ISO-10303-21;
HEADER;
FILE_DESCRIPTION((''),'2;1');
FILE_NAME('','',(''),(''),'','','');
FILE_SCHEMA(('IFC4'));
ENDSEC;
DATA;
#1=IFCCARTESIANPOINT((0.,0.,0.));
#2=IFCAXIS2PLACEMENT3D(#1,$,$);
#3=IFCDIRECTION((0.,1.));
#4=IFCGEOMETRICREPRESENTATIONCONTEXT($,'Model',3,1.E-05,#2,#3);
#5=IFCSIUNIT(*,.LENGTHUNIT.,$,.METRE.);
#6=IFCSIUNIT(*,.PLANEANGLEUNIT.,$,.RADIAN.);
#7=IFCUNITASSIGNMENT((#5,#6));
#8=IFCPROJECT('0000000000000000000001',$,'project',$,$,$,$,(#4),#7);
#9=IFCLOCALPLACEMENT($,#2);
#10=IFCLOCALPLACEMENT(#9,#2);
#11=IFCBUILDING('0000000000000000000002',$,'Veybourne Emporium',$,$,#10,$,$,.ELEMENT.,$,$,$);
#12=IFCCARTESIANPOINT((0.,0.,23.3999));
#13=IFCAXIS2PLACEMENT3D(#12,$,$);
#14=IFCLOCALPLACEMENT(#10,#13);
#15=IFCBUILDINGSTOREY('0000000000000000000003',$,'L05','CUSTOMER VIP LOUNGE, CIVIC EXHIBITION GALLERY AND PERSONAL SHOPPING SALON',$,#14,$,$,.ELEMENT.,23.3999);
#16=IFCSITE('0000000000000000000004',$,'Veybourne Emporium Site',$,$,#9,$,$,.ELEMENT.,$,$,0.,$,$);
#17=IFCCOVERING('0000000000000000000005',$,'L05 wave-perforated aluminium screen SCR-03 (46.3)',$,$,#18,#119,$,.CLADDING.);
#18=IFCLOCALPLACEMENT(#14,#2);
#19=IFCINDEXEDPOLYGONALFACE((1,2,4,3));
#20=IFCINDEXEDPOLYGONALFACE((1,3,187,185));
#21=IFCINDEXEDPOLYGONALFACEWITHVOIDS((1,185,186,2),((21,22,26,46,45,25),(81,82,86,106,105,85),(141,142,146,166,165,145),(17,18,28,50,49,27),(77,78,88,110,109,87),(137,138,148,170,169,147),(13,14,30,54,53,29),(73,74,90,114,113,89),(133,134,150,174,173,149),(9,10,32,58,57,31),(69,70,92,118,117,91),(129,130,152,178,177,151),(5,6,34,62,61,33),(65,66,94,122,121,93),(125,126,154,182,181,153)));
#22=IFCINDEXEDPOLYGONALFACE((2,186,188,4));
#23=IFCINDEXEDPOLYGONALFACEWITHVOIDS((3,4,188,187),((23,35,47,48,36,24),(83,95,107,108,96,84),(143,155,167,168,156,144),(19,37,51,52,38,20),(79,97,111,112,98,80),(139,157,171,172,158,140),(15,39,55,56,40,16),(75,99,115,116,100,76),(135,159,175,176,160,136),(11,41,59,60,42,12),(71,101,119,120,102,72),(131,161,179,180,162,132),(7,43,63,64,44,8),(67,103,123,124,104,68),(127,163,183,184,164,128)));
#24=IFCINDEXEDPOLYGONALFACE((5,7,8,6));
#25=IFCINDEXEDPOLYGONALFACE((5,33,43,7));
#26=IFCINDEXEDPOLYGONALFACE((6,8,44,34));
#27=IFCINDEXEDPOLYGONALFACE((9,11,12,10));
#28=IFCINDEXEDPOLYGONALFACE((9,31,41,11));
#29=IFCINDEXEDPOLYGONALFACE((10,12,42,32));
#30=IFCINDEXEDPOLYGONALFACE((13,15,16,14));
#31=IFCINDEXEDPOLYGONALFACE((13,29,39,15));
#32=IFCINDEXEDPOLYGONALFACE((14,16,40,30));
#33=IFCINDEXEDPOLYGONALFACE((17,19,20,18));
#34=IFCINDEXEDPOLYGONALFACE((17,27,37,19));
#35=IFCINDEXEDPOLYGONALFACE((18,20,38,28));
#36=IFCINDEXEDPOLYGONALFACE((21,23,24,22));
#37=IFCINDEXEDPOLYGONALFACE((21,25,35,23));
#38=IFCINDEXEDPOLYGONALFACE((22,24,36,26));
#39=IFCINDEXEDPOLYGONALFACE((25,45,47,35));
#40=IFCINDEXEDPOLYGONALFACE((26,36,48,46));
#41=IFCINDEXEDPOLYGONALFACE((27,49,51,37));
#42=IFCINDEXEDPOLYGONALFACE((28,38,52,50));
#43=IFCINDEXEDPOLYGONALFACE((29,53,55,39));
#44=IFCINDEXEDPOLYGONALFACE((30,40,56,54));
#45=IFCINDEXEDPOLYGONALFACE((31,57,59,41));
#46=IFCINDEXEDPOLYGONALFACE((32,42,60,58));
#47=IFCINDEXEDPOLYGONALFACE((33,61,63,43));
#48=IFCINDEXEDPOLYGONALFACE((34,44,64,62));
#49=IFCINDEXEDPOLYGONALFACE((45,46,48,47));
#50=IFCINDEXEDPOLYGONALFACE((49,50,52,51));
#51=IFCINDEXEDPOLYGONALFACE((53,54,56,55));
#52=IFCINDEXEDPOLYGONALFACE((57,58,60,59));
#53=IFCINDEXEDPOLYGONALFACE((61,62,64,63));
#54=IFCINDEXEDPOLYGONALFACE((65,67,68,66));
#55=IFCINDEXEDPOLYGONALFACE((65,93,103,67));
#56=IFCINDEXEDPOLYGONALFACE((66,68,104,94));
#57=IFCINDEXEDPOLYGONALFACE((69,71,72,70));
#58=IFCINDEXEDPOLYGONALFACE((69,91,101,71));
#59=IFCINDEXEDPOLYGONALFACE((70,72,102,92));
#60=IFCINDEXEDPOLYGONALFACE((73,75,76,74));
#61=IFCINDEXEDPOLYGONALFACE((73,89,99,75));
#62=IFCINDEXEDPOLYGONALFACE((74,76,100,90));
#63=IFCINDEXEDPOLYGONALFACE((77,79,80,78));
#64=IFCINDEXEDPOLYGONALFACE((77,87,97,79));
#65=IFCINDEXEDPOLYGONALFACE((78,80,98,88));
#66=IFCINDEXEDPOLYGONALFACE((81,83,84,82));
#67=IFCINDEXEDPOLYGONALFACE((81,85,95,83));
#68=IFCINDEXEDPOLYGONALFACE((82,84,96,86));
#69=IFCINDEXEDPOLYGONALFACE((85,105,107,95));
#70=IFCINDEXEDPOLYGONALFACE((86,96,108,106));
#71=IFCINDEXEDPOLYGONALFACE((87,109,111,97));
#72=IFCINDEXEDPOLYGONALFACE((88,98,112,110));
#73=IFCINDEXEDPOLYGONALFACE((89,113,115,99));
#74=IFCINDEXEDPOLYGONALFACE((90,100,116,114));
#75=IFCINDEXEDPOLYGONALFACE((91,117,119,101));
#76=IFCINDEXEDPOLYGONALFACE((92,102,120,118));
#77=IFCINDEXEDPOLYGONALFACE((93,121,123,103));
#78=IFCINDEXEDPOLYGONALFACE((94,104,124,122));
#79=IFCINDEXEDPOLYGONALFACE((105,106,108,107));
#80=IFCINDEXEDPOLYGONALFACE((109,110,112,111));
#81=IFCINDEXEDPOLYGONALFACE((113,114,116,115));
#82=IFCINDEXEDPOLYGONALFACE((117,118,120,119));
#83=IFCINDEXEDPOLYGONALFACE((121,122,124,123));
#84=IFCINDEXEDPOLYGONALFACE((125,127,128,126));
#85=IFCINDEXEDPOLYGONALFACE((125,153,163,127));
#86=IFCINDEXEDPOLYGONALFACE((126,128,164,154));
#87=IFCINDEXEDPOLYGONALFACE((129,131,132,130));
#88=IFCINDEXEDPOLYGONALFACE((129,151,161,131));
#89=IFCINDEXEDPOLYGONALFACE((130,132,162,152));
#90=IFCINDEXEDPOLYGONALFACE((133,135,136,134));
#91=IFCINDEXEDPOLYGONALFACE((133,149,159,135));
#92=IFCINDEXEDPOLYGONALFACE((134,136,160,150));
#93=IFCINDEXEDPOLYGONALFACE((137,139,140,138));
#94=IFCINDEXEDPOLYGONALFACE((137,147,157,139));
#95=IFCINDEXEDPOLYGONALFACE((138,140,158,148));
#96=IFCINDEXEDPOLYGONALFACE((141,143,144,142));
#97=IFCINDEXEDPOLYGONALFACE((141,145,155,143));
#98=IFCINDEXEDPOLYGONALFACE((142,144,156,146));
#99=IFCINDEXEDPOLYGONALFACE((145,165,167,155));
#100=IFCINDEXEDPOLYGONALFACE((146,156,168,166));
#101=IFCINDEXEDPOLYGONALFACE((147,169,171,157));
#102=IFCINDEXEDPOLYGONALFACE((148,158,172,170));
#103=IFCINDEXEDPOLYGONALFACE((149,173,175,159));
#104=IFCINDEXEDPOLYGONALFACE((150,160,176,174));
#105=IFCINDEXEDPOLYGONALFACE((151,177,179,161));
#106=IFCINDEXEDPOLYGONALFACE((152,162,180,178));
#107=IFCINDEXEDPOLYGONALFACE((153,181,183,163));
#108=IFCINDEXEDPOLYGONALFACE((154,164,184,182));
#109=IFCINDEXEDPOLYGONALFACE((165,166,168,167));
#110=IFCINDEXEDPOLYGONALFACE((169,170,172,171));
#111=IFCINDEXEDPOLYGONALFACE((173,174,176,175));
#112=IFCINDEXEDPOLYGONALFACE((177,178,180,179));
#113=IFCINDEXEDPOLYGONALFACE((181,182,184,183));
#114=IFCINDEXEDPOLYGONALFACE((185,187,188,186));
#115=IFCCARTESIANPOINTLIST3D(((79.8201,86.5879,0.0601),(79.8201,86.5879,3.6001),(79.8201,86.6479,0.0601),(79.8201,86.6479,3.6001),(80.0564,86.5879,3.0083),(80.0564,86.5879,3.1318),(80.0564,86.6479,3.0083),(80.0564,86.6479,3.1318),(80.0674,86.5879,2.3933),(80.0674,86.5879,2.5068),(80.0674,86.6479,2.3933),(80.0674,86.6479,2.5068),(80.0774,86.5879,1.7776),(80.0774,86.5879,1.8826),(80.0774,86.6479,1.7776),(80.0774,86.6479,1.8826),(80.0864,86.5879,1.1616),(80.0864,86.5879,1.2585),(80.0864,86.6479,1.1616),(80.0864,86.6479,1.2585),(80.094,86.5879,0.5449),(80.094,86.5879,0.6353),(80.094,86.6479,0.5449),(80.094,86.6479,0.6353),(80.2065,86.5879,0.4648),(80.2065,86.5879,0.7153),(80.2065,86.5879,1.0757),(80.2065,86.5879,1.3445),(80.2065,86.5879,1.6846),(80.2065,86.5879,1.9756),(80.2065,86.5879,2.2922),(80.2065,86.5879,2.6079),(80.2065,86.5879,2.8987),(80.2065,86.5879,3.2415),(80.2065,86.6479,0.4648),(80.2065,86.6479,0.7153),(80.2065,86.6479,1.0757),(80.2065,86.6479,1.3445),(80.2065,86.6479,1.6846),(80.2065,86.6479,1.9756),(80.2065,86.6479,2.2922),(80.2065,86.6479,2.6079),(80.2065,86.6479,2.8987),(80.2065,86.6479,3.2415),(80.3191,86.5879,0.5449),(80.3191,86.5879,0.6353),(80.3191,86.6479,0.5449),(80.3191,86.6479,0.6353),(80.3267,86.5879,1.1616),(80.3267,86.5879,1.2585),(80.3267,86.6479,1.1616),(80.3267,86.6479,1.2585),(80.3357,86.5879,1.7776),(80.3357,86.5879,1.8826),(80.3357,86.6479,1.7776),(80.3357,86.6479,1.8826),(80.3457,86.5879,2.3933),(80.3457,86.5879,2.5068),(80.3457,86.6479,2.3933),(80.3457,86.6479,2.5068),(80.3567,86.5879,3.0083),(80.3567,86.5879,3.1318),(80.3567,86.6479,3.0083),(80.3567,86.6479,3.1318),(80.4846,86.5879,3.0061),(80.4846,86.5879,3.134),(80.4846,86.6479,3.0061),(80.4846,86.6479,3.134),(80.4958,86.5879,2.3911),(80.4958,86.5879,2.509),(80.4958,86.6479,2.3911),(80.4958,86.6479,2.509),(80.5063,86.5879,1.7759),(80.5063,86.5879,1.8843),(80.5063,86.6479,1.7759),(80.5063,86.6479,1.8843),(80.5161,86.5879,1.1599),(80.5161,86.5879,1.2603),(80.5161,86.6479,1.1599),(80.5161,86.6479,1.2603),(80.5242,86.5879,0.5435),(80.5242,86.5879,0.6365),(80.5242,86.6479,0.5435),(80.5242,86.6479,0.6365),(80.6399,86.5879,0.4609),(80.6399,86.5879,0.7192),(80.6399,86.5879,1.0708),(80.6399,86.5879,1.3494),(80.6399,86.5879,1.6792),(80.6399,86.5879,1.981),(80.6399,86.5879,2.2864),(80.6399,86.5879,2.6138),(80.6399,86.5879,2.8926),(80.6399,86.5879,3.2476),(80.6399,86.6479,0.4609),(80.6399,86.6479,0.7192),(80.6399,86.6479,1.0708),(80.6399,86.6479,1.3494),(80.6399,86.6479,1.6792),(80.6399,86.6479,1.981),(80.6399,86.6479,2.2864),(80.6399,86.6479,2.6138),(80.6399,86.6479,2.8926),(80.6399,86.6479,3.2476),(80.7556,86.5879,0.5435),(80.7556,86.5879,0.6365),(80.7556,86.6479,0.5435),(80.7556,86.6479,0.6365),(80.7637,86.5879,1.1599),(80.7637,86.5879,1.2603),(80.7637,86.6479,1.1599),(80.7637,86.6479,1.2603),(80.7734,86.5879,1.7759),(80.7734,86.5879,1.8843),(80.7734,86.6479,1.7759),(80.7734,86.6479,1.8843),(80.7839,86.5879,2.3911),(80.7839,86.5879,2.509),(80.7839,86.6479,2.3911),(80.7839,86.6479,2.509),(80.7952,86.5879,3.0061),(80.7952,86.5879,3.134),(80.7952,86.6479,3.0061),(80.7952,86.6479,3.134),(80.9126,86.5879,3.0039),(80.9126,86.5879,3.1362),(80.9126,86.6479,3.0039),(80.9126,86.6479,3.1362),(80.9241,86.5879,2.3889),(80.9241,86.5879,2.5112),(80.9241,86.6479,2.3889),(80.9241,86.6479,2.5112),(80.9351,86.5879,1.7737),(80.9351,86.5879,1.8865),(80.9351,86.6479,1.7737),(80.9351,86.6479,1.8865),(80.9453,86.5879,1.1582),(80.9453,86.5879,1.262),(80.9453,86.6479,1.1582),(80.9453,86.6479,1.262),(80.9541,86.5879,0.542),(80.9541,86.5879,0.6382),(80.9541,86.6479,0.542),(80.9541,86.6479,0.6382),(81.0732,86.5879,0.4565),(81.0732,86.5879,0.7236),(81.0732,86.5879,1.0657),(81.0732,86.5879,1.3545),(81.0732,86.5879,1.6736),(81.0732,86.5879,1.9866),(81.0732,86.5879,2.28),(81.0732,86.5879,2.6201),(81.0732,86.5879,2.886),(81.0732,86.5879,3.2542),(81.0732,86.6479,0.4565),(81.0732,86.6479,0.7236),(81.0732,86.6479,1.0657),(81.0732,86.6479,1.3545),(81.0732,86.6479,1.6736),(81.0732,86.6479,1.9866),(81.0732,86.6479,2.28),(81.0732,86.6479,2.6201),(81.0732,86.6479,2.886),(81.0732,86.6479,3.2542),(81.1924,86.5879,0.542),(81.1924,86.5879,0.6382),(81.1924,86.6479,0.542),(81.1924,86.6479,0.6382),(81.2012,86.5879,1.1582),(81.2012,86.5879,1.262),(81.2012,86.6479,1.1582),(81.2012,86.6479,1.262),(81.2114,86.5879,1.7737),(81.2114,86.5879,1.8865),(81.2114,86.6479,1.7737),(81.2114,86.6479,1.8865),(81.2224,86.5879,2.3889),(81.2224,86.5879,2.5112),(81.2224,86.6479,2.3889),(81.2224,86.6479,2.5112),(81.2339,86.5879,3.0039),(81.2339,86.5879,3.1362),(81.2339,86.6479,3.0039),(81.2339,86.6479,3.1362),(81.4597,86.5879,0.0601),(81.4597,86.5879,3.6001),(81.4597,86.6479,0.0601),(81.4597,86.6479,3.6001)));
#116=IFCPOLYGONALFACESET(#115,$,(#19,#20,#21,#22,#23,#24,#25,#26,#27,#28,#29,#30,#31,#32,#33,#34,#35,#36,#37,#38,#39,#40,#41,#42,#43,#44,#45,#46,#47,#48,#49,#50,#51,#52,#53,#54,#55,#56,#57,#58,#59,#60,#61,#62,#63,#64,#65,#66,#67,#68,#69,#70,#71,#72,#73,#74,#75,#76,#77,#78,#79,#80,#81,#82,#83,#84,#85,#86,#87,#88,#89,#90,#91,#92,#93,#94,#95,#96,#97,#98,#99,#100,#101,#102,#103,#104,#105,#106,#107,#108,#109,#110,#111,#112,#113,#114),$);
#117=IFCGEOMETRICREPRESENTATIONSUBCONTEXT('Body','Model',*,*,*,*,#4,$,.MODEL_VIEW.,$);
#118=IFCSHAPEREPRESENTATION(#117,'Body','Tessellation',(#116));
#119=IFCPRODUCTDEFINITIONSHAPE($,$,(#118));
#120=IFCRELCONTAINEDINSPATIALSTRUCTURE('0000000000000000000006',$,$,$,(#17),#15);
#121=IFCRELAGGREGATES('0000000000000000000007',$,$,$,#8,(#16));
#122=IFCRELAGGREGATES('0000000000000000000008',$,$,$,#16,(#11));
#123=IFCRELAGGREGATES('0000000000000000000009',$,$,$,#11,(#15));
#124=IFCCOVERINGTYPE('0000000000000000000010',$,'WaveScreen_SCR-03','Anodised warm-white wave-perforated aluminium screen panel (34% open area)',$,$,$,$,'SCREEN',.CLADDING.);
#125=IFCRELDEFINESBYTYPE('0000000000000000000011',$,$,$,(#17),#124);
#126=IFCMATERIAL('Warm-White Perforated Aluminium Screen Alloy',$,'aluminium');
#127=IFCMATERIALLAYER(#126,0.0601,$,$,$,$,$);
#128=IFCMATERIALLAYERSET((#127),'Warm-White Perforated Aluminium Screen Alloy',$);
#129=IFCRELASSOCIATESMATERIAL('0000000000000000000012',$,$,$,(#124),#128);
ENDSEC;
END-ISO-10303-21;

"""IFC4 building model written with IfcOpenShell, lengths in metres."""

from ifc_helpers import new_model, si_unit, direction, frame, origin, place, context, subcontext, project, spatial, polyline, outline, extrude, material, layer, layer_set, type_object, element, save


model = new_model("IFC4")

# Units and contexts
model_context = context("Model", 3, precision=1e-05, world=origin(), true_north=direction((0.0, 1.0)))
body_context = subcontext(model_context, "Body", "Model", "MODEL_VIEW")
ifc_project = project(units=[si_unit("LENGTHUNIT", "METRE"), si_unit("PLANEANGLEUNIT", "RADIAN")], contexts=[model_context])

# Site, building, storey
site_placement = place(None, origin())
site = spatial("IfcSite", under=ifc_project, at=site_placement, Name="Veybourne Emporium Site", CompositionType="ELEMENT", RefElevation=0.0)
building_placement = place(site_placement, origin())
building = spatial("IfcBuilding", under=site, at=building_placement, Name="Veybourne Emporium", CompositionType="ELEMENT")
storey_placement = place(building_placement, frame((0.0, 0.0, 23.3999)))
storey = spatial("IfcBuildingStorey", under=building, at=storey_placement, Name="L05", Description="CUSTOMER VIP LOUNGE, CIVIC EXHIBITION GALLERY AND PERSONAL SHOPPING SALON", CompositionType="ELEMENT", Elevation=23.3999)

# Covering
ifc_material_1 = material(Name="Warm-White Perforated Aluminium Screen Alloy", Category="aluminium")
ifc_layer_1 = layer(ifc_material_1, 0.0601)
ifc_layer_set_1 = layer_set([ifc_layer_1], Name="Warm-White Perforated Aluminium Screen Alloy")
covering_type_1 = type_object("IfcCoveringType", Name="WaveScreen_SCR-03", Description="Anodised warm-white wave-perforated aluminium screen panel (34% open area)", ElementType="SCREEN", PredefinedType="CLADDING", material=ifc_layer_set_1)
covering_1_placement = place(storey_placement, frame((80.6399, 86.6479, 1.8301), z_axis=(0.0, -1.0, 0.0), x_axis=(1.0, 0.0, 0.0)))
element("IfcCovering", 1, at=covering_1_placement, inside=storey, type_object=covering_type_1, Name="L05 wave-perforated aluminium screen SCR-03 (46.3)", PredefinedType="CLADDING", context=body_context, shape_type="SweptSolid", body=[
    extrude(outline(polyline([(-0.8198, -1.77), (0.8198, -1.77), (0.8198, 1.77), (-0.8198, 1.77), (-0.8198, -1.77)]), holes=[polyline([(-0.4333, -1.1147), (-0.3208, -1.1948), (-0.3208, -1.2852), (-0.4333, -1.3652), (-0.5459, -1.2852), (-0.5459, -1.1948), (-0.4333, -1.1147)]), polyline([(-0.4333, -0.4856), (-0.3132, -0.5715), (-0.3132, -0.6685), (-0.4333, -0.7544), (-0.5535, -0.6685), (-0.5535, -0.5715), (-0.4333, -0.4856)]), polyline([(-0.4333, 0.1455), (-0.3042, 0.0525), (-0.3042, -0.0525), (-0.4333, -0.1455), (-0.5625, -0.0525), (-0.5625, 0.0525), (-0.4333, 0.1455)]), polyline([(-0.4333, 0.7778), (-0.2942, 0.6768), (-0.2942, 0.5632), (-0.4333, 0.4622), (-0.5725, 0.5632), (-0.5725, 0.6768), (-0.4333, 0.7778)]), polyline([(-0.4333, 1.4114), (-0.2832, 1.3018), (-0.2832, 1.1782), (-0.4333, 1.0686), (-0.5835, 1.1782), (-0.5835, 1.3018), (-0.4333, 1.4114)]), polyline([(0.0, -1.1108), (0.1157, -1.1936), (0.1157, -1.2866), (0.0, -1.3691), (-0.1157, -1.2866), (-0.1157, -1.1936), (0.0, -1.1108)]), polyline([(0.0, -0.4807), (0.1238, -0.5698), (0.1238, -0.6702), (0.0, -0.7593), (-0.1238, -0.6702), (-0.1238, -0.5698), (0.0, -0.4807)]), polyline([(0.0, 0.1509), (0.1335, 0.0542), (0.1335, -0.0542), (0.0, -0.1509), (-0.1335, -0.0542), (-0.1335, 0.0542), (0.0, 0.1509)]), polyline([(0.0, 0.7837), (0.144, 0.679), (0.144, 0.561), (0.0, 0.4563), (-0.144, 0.561), (-0.144, 0.679), (0.0, 0.7837)]), polyline([(0.0, 1.4175), (0.1553, 1.304), (0.1553, 1.176), (0.0, 1.0625), (-0.1553, 1.176), (-0.1553, 1.304), (0.0, 1.4175)]), polyline([(0.4333, -1.1064), (0.5525, -1.1919), (0.5525, -1.2881), (0.4333, -1.3735), (0.3142, -1.2881), (0.3142, -1.1919), (0.4333, -1.1064)]), polyline([(0.4333, -0.4756), (0.5613, -0.5681), (0.5613, -0.6719), (0.4333, -0.7644), (0.3054, -0.6719), (0.3054, -0.5681), (0.4333, -0.4756)]), polyline([(0.4333, 0.1565), (0.5715, 0.0564), (0.5715, -0.0564), (0.4333, -0.1565), (0.2952, -0.0564), (0.2952, 0.0564), (0.4333, 0.1565)]), polyline([(0.4333, 0.79), (0.5825, 0.6812), (0.5825, 0.5588), (0.4333, 0.45), (0.2842, 0.5588), (0.2842, 0.6812), (0.4333, 0.79)]), polyline([(0.4333, 1.4241), (0.594, 1.3062), (0.594, 1.1738), (0.4333, 1.0559), (0.2727, 1.1738), (0.2727, 1.3062), (0.4333, 1.4241)])]), origin(), (0.0, 0.0, 1.0), 0.0601),
])

save(model, "model.ifc")
